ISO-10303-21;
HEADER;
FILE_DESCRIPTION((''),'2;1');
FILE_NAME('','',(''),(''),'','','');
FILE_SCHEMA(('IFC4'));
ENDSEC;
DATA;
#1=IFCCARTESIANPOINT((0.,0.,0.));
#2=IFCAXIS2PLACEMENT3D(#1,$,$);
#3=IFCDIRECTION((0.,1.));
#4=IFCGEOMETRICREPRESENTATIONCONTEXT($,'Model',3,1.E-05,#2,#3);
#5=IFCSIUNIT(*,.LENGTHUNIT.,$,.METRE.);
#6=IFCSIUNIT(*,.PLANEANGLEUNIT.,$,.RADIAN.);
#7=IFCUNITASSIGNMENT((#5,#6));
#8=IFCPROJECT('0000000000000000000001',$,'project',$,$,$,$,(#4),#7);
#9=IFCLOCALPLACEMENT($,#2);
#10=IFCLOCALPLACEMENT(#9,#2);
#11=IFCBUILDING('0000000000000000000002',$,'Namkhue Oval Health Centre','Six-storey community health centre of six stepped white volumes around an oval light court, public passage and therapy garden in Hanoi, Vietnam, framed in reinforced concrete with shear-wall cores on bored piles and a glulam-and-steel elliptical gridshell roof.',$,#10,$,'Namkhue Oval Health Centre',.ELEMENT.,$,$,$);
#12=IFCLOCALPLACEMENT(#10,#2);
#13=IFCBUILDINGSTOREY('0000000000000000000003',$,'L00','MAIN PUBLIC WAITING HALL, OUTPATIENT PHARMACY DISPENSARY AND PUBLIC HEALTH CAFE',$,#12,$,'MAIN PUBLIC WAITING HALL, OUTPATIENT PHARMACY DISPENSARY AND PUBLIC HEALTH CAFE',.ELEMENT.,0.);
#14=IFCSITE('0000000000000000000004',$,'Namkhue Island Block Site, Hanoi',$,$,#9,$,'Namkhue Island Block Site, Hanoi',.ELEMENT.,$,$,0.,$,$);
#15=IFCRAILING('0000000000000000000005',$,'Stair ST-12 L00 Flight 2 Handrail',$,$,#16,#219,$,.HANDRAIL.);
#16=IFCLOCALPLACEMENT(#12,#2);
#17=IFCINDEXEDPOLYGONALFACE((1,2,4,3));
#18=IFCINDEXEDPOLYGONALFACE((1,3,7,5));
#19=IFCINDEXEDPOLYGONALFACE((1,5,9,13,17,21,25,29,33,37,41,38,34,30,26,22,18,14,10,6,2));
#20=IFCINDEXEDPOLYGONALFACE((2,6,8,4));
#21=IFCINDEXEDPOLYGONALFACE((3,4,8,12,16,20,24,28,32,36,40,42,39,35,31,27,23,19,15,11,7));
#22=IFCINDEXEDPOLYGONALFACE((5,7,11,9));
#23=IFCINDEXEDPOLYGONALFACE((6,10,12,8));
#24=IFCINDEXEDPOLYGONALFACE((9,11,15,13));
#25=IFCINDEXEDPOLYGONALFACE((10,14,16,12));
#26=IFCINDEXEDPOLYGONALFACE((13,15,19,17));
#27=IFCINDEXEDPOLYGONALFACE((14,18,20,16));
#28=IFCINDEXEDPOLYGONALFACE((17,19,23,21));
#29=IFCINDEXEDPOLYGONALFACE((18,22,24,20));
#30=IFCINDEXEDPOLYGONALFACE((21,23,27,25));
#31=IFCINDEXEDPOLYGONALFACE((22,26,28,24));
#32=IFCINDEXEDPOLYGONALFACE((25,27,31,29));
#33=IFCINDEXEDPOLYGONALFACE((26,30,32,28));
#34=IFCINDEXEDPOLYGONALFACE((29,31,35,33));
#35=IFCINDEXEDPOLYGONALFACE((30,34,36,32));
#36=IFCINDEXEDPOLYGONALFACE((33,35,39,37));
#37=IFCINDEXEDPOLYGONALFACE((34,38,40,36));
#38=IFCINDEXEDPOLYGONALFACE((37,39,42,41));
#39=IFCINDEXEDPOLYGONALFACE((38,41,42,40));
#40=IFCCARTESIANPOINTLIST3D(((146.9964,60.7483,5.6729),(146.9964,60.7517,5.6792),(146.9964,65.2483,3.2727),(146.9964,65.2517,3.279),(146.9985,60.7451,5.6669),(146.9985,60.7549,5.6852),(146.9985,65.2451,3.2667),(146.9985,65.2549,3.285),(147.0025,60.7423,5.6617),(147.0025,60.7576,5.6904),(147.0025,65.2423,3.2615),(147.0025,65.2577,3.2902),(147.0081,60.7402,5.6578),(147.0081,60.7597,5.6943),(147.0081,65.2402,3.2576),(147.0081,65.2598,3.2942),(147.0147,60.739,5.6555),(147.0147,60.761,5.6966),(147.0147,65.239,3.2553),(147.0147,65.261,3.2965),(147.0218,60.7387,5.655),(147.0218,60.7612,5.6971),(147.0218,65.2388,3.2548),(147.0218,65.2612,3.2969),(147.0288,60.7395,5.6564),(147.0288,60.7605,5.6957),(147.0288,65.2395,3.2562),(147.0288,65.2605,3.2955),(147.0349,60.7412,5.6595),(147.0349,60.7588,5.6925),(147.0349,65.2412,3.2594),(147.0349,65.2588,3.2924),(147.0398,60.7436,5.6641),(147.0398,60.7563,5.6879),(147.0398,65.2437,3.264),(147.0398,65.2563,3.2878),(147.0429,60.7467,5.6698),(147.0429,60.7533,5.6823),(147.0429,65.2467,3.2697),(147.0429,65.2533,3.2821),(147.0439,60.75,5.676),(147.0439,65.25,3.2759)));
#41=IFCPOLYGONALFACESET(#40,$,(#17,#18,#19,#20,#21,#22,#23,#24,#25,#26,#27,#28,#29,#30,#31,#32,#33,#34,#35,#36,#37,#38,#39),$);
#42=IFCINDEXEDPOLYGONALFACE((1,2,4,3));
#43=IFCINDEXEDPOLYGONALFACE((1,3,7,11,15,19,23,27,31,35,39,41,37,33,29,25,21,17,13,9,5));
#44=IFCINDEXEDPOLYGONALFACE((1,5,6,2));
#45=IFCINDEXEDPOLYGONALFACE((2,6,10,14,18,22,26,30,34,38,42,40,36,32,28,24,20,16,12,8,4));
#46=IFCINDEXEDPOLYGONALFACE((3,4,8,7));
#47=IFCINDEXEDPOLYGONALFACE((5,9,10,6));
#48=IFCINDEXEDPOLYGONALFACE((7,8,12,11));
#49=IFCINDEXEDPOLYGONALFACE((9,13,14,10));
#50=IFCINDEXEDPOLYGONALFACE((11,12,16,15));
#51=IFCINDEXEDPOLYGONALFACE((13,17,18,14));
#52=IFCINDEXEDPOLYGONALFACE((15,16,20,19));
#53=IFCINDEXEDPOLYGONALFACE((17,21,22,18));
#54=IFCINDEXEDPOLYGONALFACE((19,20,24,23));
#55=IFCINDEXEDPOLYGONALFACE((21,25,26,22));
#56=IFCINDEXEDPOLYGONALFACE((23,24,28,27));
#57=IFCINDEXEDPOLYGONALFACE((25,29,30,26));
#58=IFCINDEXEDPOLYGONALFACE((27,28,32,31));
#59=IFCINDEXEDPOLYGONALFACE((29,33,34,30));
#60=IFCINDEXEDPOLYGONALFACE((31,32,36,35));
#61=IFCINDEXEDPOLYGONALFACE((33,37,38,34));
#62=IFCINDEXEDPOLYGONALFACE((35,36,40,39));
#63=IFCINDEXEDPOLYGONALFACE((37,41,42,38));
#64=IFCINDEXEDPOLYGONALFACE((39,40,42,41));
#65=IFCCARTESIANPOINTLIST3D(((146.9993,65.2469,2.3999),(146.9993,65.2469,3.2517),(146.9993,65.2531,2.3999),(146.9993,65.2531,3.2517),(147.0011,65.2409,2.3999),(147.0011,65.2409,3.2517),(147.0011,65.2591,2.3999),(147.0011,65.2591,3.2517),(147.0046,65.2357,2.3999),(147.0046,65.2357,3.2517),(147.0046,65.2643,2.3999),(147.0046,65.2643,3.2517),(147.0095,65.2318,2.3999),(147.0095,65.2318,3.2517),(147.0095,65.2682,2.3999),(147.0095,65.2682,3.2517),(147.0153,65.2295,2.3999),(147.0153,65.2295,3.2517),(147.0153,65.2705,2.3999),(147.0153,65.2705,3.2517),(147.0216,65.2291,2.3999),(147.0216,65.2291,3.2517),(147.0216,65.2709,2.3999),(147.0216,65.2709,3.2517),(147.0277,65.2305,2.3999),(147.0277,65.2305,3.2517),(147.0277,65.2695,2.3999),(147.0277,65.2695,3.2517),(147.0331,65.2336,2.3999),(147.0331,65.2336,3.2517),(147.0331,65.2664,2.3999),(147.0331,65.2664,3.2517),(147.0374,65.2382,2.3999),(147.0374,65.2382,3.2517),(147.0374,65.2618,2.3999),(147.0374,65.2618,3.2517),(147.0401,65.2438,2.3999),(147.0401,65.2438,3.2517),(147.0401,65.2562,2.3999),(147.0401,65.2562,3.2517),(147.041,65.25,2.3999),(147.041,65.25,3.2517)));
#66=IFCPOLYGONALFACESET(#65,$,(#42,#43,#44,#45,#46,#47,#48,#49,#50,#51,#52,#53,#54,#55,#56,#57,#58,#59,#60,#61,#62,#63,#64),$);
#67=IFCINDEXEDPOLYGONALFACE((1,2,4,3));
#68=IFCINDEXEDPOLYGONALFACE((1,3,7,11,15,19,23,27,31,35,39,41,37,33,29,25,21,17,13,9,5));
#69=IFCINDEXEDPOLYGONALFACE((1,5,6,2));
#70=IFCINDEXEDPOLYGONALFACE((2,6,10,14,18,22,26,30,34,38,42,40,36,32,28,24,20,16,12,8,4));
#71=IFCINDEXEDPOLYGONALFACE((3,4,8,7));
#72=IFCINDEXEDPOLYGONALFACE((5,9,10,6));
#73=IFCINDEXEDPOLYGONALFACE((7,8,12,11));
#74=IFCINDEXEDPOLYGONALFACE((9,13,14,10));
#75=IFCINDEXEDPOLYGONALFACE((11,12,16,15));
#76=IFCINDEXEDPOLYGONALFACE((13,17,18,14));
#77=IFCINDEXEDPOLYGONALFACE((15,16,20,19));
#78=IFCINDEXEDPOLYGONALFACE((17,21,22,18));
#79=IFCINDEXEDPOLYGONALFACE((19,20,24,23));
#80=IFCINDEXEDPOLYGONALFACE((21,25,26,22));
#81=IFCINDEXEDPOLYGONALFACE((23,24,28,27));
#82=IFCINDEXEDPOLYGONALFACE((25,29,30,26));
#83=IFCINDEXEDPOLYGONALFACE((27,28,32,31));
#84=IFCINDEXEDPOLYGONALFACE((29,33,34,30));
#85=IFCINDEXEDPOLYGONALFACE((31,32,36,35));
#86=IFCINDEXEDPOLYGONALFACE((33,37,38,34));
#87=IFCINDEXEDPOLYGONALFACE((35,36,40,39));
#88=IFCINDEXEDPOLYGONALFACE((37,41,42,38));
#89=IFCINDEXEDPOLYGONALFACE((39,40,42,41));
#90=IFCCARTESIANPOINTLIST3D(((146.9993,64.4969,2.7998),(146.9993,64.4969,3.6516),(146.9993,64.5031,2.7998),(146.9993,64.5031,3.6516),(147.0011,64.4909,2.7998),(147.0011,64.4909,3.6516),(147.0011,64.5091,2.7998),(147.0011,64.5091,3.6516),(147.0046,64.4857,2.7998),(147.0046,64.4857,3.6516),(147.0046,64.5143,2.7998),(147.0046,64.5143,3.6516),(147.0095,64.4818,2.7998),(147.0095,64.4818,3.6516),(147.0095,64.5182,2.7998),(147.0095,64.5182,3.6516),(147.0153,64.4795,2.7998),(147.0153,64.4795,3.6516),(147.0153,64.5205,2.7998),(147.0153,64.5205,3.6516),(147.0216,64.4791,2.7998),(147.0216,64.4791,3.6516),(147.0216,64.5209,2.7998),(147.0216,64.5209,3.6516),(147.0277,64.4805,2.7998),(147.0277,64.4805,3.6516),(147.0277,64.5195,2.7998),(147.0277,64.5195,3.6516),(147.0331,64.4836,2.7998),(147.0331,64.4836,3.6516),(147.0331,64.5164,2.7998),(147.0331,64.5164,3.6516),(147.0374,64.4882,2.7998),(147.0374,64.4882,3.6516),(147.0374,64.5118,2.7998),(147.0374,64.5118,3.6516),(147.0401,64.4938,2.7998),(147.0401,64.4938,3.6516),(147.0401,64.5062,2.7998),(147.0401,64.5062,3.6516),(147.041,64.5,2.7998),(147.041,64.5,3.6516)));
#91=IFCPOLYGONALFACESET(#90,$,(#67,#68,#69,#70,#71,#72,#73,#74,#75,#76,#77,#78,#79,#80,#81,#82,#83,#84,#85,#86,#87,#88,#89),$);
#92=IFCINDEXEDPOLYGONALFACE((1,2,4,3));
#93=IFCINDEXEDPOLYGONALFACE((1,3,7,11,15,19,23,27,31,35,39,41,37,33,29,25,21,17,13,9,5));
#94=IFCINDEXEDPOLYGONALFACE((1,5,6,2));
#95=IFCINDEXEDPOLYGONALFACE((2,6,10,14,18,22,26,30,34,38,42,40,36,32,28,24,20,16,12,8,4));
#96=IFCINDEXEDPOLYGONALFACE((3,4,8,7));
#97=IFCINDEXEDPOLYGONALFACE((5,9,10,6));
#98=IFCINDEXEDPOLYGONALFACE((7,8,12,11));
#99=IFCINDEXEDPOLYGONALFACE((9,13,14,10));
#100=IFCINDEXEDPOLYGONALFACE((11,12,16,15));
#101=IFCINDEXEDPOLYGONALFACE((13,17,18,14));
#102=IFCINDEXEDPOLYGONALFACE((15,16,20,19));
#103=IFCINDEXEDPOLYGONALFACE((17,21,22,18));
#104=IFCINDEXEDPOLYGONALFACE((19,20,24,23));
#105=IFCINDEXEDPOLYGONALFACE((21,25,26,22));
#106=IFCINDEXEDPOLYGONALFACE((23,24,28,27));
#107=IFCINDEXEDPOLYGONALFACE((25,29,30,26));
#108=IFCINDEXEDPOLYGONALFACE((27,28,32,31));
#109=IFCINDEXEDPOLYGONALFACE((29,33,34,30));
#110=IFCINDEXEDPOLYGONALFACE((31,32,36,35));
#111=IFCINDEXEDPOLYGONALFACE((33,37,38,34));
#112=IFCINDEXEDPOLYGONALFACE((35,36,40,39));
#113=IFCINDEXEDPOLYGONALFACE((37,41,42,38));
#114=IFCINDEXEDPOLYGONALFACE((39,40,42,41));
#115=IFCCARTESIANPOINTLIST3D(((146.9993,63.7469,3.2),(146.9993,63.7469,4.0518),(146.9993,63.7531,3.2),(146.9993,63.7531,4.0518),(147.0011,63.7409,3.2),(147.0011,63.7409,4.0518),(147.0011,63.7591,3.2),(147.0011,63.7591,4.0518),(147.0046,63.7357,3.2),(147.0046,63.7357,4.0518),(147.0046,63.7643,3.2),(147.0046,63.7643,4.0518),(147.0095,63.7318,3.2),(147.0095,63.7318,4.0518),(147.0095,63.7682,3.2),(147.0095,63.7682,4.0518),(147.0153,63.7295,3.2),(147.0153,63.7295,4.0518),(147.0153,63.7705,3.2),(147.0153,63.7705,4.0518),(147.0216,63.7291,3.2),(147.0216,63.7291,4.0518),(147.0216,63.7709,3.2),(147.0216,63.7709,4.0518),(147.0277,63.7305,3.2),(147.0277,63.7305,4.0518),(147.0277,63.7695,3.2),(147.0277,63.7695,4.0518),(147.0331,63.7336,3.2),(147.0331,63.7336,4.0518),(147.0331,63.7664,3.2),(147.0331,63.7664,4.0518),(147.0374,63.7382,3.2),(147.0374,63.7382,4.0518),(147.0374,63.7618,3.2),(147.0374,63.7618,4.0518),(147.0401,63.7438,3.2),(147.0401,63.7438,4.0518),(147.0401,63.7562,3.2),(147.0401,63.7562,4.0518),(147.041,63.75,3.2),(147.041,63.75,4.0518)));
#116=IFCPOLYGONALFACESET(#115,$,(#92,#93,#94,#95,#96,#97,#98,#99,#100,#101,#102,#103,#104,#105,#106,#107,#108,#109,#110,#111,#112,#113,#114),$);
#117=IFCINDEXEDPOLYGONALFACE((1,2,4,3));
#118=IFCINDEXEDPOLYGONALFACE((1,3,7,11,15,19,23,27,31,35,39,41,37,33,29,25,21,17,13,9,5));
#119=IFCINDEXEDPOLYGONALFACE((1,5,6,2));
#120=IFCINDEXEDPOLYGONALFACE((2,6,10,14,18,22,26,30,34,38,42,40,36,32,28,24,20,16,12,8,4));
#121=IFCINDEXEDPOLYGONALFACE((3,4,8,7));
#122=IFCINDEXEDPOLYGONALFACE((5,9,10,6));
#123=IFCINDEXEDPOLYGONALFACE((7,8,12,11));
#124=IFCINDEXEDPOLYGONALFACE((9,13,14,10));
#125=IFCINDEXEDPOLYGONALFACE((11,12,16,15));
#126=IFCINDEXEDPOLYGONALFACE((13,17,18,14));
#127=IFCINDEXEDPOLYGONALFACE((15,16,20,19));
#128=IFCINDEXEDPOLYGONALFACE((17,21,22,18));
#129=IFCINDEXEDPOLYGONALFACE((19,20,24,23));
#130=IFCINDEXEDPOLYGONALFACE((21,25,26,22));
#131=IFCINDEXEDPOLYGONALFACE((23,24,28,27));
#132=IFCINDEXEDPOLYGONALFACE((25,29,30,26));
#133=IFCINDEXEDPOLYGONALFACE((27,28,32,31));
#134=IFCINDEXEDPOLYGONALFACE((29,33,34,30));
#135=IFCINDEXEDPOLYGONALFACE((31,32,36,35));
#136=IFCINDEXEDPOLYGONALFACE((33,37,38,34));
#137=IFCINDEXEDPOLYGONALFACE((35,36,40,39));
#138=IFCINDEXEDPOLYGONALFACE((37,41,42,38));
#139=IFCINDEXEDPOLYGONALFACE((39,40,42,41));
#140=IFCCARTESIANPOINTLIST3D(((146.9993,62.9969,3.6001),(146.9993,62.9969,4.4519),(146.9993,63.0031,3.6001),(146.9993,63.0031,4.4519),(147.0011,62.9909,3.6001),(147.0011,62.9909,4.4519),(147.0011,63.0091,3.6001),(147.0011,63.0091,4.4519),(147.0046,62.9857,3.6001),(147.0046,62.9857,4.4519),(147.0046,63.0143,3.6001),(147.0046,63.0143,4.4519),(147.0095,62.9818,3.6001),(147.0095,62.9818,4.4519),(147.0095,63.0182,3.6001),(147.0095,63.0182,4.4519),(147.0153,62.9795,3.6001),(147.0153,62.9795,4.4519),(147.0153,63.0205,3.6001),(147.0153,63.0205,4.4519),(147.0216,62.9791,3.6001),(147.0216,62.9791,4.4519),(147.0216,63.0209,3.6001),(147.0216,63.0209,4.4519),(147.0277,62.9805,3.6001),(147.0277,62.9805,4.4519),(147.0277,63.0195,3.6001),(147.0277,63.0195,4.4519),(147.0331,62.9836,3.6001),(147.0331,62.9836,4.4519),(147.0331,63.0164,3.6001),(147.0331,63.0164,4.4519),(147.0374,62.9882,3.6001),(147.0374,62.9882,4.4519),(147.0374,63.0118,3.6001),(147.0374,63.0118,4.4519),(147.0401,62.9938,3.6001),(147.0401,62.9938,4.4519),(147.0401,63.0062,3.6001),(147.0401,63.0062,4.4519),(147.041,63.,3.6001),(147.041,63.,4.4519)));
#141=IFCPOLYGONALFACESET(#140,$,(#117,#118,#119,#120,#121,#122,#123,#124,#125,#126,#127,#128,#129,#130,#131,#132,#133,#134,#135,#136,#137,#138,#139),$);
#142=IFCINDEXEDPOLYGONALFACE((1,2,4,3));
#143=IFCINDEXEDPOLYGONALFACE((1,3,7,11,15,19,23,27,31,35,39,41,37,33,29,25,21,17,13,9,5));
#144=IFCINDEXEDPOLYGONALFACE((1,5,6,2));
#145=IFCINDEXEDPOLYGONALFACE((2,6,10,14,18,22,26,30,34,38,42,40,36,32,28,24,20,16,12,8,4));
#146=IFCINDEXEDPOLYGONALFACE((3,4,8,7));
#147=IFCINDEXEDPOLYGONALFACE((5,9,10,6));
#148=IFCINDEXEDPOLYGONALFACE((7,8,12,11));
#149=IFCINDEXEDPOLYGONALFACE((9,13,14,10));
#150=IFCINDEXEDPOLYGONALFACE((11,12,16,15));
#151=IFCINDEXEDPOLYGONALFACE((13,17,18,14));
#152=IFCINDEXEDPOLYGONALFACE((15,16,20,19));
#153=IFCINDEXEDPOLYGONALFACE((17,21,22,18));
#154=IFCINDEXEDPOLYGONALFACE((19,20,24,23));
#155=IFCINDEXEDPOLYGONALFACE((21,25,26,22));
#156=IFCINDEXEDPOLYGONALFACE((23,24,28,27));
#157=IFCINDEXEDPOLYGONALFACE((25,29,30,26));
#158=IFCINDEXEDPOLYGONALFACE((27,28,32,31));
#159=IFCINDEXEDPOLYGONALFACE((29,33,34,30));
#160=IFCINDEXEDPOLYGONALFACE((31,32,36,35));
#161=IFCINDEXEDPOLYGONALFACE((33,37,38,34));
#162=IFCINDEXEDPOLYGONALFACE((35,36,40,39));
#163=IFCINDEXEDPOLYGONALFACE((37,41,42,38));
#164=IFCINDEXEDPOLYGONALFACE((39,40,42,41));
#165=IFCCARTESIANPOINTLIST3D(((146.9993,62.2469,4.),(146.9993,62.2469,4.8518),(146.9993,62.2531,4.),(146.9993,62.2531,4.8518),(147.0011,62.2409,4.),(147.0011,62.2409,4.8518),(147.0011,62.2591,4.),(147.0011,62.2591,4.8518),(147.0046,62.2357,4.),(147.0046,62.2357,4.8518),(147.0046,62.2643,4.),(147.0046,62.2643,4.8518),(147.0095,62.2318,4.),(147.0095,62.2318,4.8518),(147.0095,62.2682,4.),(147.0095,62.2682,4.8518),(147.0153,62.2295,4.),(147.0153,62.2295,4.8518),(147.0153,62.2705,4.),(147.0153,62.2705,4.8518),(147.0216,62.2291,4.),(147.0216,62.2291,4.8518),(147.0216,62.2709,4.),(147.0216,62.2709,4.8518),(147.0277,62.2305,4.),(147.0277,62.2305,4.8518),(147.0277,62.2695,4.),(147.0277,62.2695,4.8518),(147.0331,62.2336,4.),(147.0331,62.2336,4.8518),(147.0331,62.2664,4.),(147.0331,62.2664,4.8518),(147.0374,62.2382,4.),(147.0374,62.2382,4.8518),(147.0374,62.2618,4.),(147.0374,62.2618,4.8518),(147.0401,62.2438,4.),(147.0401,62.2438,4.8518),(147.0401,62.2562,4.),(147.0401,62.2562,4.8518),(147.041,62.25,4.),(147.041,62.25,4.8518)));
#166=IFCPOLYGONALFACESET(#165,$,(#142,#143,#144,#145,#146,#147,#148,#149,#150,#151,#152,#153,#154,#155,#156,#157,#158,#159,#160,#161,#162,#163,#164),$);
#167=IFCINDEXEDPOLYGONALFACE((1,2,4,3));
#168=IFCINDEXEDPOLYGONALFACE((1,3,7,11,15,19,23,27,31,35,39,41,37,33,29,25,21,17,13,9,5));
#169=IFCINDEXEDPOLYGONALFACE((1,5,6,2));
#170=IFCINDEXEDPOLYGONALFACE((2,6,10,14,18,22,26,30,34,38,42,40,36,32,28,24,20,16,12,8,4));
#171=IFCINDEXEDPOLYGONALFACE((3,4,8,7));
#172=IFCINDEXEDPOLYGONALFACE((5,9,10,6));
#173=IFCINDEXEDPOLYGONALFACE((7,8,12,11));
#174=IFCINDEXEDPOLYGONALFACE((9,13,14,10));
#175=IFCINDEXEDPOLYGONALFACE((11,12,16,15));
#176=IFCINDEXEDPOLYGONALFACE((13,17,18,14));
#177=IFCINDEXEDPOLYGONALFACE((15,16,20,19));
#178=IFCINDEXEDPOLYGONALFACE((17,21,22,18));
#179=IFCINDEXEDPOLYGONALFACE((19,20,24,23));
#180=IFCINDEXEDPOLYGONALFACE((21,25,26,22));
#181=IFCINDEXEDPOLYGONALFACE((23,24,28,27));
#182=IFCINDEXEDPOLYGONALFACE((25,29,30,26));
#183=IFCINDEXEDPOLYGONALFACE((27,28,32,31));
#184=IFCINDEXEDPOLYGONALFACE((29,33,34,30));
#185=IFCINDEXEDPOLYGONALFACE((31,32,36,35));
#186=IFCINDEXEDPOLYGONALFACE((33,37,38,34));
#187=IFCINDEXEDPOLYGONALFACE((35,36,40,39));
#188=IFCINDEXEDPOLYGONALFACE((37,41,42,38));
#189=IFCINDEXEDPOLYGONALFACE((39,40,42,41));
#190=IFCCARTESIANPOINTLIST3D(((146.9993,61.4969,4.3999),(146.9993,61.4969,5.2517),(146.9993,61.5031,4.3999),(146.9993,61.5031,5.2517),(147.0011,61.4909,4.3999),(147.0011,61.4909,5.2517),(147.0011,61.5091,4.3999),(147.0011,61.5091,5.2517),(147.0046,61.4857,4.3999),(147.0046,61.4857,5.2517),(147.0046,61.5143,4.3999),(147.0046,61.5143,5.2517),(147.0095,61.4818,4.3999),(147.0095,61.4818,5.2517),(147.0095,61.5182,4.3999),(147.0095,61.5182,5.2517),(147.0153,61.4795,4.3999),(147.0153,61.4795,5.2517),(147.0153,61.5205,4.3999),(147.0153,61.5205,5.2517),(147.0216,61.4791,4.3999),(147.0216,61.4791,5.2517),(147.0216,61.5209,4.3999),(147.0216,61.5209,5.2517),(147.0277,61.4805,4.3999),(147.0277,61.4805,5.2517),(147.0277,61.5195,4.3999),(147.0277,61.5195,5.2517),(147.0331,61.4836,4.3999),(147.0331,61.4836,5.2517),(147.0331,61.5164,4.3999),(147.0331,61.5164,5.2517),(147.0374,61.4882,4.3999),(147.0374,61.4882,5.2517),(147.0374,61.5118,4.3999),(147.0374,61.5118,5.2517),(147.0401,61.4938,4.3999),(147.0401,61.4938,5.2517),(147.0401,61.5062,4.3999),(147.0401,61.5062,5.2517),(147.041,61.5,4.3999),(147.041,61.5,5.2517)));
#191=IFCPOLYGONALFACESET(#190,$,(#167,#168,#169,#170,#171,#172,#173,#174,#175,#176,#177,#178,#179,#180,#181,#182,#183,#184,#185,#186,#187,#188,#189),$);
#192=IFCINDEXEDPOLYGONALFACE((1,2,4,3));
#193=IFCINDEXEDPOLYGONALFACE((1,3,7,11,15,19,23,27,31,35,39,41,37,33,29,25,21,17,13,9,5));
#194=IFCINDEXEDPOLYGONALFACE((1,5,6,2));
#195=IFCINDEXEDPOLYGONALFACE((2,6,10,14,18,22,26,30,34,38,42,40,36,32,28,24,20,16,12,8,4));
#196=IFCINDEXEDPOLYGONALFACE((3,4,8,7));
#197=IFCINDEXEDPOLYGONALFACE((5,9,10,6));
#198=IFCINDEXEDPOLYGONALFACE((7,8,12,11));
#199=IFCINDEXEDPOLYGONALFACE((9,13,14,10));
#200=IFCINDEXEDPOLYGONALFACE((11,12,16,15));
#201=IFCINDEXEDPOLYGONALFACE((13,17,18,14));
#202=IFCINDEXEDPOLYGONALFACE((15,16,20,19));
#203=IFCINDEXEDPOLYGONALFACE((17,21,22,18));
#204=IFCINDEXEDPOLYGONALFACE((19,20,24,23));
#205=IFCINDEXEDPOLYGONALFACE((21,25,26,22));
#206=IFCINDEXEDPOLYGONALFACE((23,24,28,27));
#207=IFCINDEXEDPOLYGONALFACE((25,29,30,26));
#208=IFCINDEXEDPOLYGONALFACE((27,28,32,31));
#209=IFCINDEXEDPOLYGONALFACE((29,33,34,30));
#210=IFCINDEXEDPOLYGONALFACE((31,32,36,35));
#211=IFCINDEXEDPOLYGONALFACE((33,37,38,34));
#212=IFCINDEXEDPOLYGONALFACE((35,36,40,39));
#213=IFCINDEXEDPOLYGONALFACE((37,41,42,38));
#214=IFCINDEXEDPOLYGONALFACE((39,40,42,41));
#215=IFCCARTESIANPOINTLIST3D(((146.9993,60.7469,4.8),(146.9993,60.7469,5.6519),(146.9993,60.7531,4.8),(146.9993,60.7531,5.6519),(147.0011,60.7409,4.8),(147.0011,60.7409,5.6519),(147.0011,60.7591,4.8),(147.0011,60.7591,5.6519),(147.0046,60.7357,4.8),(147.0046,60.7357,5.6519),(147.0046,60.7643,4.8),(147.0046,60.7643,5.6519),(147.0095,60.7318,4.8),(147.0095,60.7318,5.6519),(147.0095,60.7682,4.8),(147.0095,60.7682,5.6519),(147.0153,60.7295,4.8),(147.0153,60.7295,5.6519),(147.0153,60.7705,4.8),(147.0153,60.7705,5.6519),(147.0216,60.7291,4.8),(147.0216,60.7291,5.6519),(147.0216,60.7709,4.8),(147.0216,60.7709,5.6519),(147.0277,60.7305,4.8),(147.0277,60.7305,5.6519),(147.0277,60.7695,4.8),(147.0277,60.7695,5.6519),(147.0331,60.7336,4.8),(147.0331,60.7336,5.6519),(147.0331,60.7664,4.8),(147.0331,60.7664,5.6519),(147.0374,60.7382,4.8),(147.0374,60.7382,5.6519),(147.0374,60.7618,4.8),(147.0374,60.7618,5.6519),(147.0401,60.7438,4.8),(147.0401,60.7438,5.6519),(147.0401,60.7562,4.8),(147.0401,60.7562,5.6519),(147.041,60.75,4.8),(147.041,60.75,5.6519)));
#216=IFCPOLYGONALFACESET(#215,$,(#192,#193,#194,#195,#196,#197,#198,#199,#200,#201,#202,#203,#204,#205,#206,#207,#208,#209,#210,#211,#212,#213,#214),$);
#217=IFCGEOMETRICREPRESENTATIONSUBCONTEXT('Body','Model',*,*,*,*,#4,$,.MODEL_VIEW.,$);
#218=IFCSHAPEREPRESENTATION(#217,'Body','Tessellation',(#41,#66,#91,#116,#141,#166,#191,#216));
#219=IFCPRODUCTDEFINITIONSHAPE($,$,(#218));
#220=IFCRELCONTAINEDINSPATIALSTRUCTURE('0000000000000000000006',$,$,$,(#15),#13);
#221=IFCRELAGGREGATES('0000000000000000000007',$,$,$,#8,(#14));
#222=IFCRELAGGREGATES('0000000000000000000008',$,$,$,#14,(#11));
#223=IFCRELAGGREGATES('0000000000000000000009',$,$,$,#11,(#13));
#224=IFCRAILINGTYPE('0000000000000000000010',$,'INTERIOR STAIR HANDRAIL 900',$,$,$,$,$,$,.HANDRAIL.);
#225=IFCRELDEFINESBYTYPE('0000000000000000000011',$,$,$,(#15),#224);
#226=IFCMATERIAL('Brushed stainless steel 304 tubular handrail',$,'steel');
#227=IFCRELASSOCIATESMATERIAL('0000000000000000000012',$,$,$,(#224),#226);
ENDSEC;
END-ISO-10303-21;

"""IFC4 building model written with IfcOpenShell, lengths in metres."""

from ifc_helpers import new_model, si_unit, direction, frame, origin, origin_2d, place, context, subcontext, project, spatial, circle, extrude, material, type_object, element, save


model = new_model("IFC4")

# Units and contexts
model_context = context("Model", 3, precision=1e-05, world=origin(), true_north=direction((0.0, 1.0)))
body_context = subcontext(model_context, "Body", "Model", "MODEL_VIEW")
ifc_project = project(units=[si_unit("LENGTHUNIT", "METRE"), si_unit("PLANEANGLEUNIT", "RADIAN")], contexts=[model_context])

# Site, building, storey
site_placement = place(None, origin())
site = spatial("IfcSite", under=ifc_project, at=site_placement, Name="Namkhue Island Block Site, Hanoi", LongName="Namkhue Island Block Site, Hanoi", CompositionType="ELEMENT", RefElevation=0.0)
building_placement = place(site_placement, origin())
building = spatial("IfcBuilding", under=site, at=building_placement, Name="Namkhue Oval Health Centre", Description="Six-storey community health centre of six stepped white volumes around an oval light court, public passage and therapy garden in Hanoi, Vietnam, framed in reinforced concrete with shear-wall cores on bored piles and a glulam-and-steel elliptical gridshell roof.", LongName="Namkhue Oval Health Centre", CompositionType="ELEMENT")
storey_placement = place(building_placement, origin())
storey = spatial("IfcBuildingStorey", under=building, at=storey_placement, Name="L00", Description="MAIN PUBLIC WAITING HALL, OUTPATIENT PHARMACY DISPENSARY AND PUBLIC HEALTH CAFE", LongName="MAIN PUBLIC WAITING HALL, OUTPATIENT PHARMACY DISPENSARY AND PUBLIC HEALTH CAFE", CompositionType="ELEMENT", Elevation=0.0)

# Railing
ifc_material_1 = material(Name="Brushed stainless steel 304 tubular handrail", Category="steel")
railing_type_1 = type_object("IfcRailingType", Name="INTERIOR STAIR HANDRAIL 900", PredefinedType="HANDRAIL", material=ifc_material_1)
railing_1_placement = place(storey_placement, frame((147.02, 65.25, 2.3999)))
element("IfcRailing", 1, at=railing_1_placement, inside=storey, type_object=railing_type_1, Name="Stair ST-12 L00 Flight 2 Handrail", PredefinedType="HANDRAIL", context=body_context, shape_type="SweptSolid", body=[
    extrude(circle(Radius=0.0239, at=origin_2d()), frame((0.0, 0.0, 0.876), z_axis=(0.0, -0.882341, 0.470611), x_axis=(1.0, 0.0, 0.0)), (0.0, 0.0, 1.0), 5.1001),
    extrude(circle(Radius=0.021, at=origin_2d()), origin(), (0.0, 0.0, 1.0), 0.8518),
    extrude(circle(Radius=0.021, at=origin_2d()), frame((0.0, -0.75, 0.3999)), (0.0, 0.0, 1.0), 0.8518),
    extrude(circle(Radius=0.021, at=origin_2d()), frame((0.0, -1.5, 0.8)), (0.0, 0.0, 1.0), 0.8518),
    extrude(circle(Radius=0.021, at=origin_2d()), frame((0.0, -2.25, 1.2002)), (0.0, 0.0, 1.0), 0.8518),
    extrude(circle(Radius=0.021, at=origin_2d()), frame((0.0, -3.0, 1.6001)), (0.0, 0.0, 1.0), 0.8518),
    extrude(circle(Radius=0.021, at=origin_2d()), frame((0.0, -3.75, 2.0)), (0.0, 0.0, 1.0), 0.8518),
    extrude(circle(Radius=0.021, at=origin_2d()), frame((0.0, -4.5, 2.4001)), (0.0, 0.0, 1.0), 0.8518),
])

save(model, "model.ifc")
